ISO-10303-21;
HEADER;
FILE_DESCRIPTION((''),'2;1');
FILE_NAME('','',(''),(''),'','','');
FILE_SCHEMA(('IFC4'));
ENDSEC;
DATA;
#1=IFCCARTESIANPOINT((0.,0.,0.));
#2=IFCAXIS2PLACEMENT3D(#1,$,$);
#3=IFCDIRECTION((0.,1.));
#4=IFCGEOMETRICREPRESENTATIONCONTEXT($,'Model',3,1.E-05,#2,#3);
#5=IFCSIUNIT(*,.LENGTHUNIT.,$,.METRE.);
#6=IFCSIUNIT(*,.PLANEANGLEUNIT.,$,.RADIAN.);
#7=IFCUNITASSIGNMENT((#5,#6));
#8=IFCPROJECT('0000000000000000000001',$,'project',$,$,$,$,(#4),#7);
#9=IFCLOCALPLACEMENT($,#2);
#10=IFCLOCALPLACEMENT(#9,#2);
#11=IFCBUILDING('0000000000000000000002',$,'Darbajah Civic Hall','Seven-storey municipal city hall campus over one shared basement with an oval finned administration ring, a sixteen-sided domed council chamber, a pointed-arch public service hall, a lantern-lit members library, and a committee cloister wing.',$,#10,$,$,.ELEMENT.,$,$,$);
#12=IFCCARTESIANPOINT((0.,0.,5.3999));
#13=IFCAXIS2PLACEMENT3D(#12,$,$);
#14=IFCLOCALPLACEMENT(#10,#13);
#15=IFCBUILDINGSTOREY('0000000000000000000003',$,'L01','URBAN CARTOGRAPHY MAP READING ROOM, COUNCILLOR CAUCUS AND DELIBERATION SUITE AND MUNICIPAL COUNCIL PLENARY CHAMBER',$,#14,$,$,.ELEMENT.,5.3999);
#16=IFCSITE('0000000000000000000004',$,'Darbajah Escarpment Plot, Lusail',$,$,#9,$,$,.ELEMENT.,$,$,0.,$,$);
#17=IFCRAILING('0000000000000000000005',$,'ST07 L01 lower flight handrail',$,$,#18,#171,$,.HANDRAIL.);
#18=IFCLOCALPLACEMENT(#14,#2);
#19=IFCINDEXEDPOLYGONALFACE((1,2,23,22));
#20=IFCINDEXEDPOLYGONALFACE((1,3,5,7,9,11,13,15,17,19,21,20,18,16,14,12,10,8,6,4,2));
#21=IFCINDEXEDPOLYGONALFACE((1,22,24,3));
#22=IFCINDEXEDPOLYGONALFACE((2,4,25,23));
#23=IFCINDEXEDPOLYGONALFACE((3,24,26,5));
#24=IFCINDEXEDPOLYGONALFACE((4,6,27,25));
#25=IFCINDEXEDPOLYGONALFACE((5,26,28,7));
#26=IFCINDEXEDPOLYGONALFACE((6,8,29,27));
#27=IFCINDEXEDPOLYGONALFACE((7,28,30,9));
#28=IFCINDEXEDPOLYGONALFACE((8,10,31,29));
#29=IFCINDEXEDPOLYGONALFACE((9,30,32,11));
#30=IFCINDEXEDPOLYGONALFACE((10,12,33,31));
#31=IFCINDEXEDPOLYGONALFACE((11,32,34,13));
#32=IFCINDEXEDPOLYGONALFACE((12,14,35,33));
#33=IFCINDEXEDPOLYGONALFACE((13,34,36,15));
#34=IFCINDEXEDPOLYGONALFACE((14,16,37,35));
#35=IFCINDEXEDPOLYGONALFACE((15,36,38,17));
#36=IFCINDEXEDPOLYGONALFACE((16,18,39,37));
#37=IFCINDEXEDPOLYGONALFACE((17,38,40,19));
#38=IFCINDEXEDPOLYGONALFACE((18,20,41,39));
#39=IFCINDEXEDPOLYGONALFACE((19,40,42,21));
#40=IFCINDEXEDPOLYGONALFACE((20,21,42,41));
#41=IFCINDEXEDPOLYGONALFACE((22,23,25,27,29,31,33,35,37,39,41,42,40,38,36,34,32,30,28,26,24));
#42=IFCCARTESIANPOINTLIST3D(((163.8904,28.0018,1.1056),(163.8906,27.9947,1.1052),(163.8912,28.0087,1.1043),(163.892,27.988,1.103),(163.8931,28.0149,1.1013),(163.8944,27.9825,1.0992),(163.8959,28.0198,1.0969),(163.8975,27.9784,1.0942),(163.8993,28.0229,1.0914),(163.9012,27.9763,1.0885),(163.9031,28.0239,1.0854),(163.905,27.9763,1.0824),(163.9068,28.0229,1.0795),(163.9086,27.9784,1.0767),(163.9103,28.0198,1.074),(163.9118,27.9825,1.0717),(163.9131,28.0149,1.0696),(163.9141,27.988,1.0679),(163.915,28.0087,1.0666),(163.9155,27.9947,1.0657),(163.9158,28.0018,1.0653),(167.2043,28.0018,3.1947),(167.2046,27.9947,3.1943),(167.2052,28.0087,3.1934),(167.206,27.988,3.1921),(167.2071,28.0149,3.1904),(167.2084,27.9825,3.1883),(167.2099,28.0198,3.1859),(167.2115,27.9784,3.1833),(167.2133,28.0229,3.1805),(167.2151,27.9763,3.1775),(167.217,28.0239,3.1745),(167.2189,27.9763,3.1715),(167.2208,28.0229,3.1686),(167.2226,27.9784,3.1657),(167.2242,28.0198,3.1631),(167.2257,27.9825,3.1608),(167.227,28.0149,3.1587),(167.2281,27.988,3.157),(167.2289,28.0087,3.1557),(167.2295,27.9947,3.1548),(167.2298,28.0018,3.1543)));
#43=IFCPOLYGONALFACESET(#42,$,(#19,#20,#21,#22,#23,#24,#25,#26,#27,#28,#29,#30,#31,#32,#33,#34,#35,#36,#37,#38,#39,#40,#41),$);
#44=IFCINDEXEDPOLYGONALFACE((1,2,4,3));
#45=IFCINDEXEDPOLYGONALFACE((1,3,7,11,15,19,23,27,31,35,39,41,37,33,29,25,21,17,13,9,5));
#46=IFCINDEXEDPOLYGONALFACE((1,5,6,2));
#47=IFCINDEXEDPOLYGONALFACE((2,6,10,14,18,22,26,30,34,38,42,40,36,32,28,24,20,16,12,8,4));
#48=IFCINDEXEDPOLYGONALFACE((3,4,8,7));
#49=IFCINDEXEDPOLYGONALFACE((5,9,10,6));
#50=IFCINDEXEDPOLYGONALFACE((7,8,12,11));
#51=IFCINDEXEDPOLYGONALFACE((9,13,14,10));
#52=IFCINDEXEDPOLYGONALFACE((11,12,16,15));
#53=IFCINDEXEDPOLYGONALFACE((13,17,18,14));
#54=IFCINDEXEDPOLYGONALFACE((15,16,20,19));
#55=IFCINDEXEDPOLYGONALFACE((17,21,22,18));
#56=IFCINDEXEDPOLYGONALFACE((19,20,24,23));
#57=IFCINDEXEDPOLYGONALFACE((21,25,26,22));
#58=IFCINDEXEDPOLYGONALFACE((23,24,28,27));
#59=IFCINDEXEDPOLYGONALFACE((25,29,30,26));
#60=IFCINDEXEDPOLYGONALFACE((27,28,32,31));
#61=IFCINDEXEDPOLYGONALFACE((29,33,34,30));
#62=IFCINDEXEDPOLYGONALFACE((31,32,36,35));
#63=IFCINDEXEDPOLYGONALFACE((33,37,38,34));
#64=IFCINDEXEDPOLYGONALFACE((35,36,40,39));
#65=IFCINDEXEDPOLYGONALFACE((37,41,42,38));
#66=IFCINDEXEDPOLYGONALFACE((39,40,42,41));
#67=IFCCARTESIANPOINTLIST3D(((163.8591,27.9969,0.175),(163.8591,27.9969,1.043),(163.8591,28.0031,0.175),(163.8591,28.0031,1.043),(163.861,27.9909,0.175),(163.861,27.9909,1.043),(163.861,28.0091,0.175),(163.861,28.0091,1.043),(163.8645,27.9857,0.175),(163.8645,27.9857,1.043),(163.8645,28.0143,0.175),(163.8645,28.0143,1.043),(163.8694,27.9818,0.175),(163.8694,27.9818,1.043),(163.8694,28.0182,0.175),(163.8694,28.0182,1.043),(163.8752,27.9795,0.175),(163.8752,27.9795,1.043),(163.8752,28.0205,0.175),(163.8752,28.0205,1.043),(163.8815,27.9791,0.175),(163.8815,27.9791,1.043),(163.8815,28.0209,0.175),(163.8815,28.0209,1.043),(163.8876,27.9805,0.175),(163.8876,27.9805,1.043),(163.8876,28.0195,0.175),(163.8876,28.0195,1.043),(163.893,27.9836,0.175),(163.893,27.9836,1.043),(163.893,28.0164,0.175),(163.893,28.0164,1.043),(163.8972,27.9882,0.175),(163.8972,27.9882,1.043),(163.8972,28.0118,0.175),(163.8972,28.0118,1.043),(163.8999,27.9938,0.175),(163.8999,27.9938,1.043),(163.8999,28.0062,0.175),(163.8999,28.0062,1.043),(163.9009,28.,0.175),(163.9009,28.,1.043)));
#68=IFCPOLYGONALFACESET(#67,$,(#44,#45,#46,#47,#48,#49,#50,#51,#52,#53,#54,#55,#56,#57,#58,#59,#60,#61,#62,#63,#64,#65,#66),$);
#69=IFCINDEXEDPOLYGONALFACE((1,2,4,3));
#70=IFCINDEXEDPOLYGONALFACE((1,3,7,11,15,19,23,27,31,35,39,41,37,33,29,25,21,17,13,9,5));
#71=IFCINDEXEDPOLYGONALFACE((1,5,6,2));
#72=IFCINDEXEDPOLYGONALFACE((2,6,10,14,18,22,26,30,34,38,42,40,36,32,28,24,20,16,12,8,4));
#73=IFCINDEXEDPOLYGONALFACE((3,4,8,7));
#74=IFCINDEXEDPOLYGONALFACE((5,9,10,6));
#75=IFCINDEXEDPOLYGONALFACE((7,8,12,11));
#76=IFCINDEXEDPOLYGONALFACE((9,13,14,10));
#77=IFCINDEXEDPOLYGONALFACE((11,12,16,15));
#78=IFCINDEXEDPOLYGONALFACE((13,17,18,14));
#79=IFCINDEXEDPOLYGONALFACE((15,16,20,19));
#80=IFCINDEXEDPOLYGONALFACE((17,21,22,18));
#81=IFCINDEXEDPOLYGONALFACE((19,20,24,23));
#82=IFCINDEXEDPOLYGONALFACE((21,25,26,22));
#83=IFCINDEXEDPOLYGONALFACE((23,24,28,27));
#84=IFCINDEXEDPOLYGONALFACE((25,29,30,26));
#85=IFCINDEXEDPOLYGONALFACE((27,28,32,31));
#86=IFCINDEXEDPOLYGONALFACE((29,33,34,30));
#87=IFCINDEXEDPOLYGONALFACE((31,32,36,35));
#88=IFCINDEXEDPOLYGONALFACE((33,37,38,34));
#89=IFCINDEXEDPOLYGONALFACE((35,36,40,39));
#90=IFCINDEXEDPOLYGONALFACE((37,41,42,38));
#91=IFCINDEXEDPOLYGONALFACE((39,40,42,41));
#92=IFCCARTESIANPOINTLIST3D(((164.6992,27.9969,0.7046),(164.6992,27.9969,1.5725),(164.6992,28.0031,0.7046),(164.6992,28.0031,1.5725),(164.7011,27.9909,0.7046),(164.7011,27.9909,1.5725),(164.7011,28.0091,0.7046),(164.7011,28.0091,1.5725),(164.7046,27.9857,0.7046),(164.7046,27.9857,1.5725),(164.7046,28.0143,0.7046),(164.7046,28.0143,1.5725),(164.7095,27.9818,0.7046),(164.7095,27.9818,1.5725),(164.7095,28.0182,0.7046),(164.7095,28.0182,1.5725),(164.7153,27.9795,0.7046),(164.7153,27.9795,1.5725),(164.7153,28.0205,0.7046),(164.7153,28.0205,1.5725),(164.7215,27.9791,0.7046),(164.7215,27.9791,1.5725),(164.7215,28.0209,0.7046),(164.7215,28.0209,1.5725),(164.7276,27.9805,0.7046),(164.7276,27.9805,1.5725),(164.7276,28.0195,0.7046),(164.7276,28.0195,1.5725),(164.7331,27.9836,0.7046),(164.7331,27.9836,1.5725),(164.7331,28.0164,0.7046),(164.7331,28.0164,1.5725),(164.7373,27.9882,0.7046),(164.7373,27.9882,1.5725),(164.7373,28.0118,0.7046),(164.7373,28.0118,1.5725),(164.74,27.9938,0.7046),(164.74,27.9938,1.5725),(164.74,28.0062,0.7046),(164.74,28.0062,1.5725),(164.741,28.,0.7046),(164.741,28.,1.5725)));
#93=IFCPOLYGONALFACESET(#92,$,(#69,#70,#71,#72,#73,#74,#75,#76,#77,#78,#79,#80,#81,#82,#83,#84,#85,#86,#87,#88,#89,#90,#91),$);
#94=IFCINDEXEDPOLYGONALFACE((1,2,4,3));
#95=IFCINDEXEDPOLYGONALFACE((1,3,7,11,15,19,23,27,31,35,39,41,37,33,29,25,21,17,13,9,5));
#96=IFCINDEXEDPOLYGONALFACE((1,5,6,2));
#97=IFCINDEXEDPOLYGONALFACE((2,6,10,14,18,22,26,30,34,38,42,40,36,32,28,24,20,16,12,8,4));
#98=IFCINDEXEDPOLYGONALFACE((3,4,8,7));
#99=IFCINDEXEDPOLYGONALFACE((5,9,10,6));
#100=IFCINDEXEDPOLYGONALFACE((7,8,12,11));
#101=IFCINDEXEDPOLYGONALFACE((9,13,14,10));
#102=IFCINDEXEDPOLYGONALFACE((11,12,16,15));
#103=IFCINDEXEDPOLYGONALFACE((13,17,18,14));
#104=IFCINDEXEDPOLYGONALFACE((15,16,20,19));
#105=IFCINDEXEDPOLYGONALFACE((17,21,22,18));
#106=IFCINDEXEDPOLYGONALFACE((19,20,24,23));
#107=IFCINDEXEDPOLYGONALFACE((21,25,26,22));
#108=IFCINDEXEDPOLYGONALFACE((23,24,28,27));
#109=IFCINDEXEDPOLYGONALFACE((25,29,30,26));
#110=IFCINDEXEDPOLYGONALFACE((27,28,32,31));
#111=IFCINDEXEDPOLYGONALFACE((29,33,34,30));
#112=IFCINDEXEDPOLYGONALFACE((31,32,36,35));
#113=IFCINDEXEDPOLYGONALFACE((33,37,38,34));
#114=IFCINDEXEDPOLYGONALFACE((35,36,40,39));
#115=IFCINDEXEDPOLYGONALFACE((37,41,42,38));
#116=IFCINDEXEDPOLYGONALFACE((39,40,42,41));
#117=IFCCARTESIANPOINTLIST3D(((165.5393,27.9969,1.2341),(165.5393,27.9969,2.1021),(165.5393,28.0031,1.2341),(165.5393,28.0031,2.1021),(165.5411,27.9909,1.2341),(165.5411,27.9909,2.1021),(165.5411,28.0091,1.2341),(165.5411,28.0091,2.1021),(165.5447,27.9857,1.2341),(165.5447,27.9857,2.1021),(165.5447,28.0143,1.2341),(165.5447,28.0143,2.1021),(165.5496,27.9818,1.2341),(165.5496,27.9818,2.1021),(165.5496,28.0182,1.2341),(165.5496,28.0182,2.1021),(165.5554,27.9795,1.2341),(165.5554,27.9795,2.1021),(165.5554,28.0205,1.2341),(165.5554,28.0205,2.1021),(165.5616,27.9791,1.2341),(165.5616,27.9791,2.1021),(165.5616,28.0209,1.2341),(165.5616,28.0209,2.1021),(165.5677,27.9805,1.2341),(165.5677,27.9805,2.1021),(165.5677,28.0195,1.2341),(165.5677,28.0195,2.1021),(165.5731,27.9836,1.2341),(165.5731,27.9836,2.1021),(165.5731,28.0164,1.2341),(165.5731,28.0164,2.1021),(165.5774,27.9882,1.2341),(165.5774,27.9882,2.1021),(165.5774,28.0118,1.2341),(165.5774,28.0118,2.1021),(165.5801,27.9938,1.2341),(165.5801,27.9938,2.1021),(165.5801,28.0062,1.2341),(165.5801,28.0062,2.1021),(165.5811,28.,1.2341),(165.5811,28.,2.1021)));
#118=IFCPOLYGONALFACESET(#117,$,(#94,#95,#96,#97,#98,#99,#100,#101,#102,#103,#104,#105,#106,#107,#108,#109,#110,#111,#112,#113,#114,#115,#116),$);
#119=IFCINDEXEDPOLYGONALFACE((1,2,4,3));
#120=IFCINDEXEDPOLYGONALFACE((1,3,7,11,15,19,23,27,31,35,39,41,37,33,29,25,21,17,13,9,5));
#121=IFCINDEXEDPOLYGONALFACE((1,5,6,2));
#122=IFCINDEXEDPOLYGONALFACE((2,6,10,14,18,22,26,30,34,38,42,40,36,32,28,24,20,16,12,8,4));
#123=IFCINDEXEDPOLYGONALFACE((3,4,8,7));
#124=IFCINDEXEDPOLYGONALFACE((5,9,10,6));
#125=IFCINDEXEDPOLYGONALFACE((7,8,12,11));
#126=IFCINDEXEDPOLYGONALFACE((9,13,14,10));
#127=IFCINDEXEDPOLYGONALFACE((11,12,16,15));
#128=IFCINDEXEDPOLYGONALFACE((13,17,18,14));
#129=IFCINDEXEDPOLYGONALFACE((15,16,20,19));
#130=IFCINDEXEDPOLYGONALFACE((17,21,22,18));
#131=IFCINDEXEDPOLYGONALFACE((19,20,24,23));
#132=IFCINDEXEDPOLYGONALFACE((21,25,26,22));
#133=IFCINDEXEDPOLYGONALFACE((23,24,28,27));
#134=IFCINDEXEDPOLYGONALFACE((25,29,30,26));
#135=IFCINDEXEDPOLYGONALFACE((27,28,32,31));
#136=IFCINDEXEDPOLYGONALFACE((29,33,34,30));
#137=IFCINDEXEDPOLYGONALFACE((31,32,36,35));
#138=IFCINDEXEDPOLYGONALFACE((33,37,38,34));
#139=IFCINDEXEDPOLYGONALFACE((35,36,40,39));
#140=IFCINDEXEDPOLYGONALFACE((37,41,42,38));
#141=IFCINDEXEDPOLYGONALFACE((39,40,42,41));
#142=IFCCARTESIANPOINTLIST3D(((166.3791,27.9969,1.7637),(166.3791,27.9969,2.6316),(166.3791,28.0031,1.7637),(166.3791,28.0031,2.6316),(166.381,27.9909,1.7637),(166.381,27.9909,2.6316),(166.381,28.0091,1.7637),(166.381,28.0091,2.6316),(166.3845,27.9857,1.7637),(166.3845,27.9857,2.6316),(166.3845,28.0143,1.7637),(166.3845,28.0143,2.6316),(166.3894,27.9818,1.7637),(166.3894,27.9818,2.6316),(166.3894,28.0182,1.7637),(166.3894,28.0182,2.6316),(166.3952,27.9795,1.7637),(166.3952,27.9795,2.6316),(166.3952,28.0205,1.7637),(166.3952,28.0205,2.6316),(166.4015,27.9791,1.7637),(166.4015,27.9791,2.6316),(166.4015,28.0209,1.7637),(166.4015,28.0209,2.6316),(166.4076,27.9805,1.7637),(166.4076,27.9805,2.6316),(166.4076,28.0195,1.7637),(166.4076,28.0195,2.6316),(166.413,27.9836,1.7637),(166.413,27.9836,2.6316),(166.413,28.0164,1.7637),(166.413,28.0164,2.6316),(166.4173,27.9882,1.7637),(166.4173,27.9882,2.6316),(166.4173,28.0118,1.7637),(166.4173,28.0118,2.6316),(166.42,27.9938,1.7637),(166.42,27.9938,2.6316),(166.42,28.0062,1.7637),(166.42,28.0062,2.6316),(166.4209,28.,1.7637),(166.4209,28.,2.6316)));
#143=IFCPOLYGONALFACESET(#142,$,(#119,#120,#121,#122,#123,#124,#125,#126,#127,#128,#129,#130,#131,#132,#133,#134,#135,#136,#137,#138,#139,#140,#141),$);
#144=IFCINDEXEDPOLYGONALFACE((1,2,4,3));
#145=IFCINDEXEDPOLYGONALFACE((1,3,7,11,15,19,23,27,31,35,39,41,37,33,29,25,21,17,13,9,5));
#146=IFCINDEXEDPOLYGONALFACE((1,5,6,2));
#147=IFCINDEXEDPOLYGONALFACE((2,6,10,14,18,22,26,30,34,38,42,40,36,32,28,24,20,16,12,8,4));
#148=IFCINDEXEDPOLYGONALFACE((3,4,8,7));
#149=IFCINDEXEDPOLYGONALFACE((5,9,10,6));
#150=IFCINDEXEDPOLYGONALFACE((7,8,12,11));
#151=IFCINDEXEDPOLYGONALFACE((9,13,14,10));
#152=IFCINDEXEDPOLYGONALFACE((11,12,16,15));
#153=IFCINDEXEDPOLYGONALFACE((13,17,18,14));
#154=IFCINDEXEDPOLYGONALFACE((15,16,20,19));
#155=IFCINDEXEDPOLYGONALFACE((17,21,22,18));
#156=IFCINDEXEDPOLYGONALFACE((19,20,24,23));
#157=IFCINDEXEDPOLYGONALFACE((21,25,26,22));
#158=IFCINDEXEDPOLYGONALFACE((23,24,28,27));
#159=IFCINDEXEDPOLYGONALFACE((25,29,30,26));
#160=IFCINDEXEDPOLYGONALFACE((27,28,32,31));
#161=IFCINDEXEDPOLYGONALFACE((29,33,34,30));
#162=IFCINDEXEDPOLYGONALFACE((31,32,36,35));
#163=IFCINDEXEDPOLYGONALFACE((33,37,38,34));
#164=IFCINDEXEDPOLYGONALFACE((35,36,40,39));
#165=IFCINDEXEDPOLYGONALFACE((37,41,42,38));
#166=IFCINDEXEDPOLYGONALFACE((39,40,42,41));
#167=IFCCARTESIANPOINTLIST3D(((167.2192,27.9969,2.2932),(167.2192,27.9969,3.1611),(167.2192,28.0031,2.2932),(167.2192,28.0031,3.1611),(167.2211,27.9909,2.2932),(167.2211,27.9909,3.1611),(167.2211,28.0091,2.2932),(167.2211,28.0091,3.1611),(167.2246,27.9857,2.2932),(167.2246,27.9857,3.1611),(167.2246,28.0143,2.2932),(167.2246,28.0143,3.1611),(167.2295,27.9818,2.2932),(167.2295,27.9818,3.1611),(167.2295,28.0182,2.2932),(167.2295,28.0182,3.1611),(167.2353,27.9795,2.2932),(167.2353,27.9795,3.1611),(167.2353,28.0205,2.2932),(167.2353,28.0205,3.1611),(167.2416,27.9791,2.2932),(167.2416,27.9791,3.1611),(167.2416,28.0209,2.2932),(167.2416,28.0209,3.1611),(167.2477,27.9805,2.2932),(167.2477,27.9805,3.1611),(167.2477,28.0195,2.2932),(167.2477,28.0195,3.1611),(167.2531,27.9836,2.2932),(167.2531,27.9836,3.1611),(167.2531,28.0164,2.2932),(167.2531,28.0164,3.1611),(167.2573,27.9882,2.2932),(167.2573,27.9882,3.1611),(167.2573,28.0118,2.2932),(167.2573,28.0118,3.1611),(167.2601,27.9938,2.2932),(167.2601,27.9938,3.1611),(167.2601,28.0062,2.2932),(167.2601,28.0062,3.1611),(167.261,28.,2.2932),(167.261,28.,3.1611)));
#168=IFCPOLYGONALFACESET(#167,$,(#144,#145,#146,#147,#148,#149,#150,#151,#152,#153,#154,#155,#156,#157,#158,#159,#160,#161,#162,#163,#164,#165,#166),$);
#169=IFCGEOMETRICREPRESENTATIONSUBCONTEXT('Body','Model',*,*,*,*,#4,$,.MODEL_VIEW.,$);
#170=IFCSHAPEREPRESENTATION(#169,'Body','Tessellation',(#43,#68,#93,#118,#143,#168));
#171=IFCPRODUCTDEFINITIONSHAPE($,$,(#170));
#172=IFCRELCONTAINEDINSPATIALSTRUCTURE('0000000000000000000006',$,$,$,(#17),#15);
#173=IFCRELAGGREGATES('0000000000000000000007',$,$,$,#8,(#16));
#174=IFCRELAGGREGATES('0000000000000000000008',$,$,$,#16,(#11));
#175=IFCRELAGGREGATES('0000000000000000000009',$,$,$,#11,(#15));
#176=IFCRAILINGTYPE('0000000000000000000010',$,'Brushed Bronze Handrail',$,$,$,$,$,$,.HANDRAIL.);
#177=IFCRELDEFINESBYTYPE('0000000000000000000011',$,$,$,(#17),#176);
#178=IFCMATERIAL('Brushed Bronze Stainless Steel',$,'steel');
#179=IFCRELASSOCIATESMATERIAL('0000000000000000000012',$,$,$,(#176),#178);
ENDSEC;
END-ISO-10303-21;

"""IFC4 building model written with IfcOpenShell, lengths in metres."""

from ifc_helpers import new_model, si_unit, direction, frame, origin, origin_2d, place, context, subcontext, project, spatial, circle, extrude, material, type_object, element, save


model = new_model("IFC4")

# Units and contexts
model_context = context("Model", 3, precision=1e-05, world=origin(), true_north=direction((0.0, 1.0)))
body_context = subcontext(model_context, "Body", "Model", "MODEL_VIEW")
ifc_project = project(units=[si_unit("LENGTHUNIT", "METRE"), si_unit("PLANEANGLEUNIT", "RADIAN")], contexts=[model_context])

# Site, building, storey
site_placement = place(None, origin())
site = spatial("IfcSite", under=ifc_project, at=site_placement, Name="Darbajah Escarpment Plot, Lusail", CompositionType="ELEMENT", RefElevation=0.0)
building_placement = place(site_placement, origin())
building = spatial("IfcBuilding", under=site, at=building_placement, Name="Darbajah Civic Hall", Description="Seven-storey municipal city hall campus over one shared basement with an oval finned administration ring, a sixteen-sided domed council chamber, a pointed-arch public service hall, a lantern-lit members library, and a committee cloister wing.", CompositionType="ELEMENT")
storey_placement = place(building_placement, frame((0.0, 0.0, 5.3999)))
storey = spatial("IfcBuildingStorey", under=building, at=storey_placement, Name="L01", Description="URBAN CARTOGRAPHY MAP READING ROOM, COUNCILLOR CAUCUS AND DELIBERATION SUITE AND MUNICIPAL COUNCIL PLENARY CHAMBER", CompositionType="ELEMENT", Elevation=5.3999)

# Railing
ifc_material_1 = material(Name="Brushed Bronze Stainless Steel", Category="steel")
railing_type_1 = type_object("IfcRailingType", Name="Brushed Bronze Handrail", PredefinedType="HANDRAIL", material=ifc_material_1)
railing_1_placement = place(storey_placement, frame((163.8799, 28.0, 0.175)))
element("IfcRailing", 1, at=railing_1_placement, inside=storey, type_object=railing_type_1, Name="ST07 L01 lower flight handrail", PredefinedType="HANDRAIL", context=body_context, shape_type="SweptSolid", body=[
    extrude(circle(Radius=0.0239, at=origin_2d()), frame((0.0232, 0.0, 0.9104), z_axis=(0.845944, 0.0, 0.533271), x_axis=(0.0, 1.0, 0.0)), (0.0, 0.0, 1.0), 3.9175),
    extrude(circle(Radius=0.021, at=origin_2d()), origin(), (0.0, 0.0, 1.0), 0.8679),
    extrude(circle(Radius=0.021, at=origin_2d()), frame((0.8401, 0.0, 0.5295)), (0.0, 0.0, 1.0), 0.8679),
    extrude(circle(Radius=0.021, at=origin_2d()), frame((1.6802, 0.0, 1.0591)), (0.0, 0.0, 1.0), 0.8679),
    extrude(circle(Radius=0.021, at=origin_2d()), frame((2.52, 0.0, 1.5886)), (0.0, 0.0, 1.0), 0.8679),
    extrude(circle(Radius=0.021, at=origin_2d()), frame((3.3601, 0.0, 2.1182)), (0.0, 0.0, 1.0), 0.8679),
])

save(model, "model.ifc")
